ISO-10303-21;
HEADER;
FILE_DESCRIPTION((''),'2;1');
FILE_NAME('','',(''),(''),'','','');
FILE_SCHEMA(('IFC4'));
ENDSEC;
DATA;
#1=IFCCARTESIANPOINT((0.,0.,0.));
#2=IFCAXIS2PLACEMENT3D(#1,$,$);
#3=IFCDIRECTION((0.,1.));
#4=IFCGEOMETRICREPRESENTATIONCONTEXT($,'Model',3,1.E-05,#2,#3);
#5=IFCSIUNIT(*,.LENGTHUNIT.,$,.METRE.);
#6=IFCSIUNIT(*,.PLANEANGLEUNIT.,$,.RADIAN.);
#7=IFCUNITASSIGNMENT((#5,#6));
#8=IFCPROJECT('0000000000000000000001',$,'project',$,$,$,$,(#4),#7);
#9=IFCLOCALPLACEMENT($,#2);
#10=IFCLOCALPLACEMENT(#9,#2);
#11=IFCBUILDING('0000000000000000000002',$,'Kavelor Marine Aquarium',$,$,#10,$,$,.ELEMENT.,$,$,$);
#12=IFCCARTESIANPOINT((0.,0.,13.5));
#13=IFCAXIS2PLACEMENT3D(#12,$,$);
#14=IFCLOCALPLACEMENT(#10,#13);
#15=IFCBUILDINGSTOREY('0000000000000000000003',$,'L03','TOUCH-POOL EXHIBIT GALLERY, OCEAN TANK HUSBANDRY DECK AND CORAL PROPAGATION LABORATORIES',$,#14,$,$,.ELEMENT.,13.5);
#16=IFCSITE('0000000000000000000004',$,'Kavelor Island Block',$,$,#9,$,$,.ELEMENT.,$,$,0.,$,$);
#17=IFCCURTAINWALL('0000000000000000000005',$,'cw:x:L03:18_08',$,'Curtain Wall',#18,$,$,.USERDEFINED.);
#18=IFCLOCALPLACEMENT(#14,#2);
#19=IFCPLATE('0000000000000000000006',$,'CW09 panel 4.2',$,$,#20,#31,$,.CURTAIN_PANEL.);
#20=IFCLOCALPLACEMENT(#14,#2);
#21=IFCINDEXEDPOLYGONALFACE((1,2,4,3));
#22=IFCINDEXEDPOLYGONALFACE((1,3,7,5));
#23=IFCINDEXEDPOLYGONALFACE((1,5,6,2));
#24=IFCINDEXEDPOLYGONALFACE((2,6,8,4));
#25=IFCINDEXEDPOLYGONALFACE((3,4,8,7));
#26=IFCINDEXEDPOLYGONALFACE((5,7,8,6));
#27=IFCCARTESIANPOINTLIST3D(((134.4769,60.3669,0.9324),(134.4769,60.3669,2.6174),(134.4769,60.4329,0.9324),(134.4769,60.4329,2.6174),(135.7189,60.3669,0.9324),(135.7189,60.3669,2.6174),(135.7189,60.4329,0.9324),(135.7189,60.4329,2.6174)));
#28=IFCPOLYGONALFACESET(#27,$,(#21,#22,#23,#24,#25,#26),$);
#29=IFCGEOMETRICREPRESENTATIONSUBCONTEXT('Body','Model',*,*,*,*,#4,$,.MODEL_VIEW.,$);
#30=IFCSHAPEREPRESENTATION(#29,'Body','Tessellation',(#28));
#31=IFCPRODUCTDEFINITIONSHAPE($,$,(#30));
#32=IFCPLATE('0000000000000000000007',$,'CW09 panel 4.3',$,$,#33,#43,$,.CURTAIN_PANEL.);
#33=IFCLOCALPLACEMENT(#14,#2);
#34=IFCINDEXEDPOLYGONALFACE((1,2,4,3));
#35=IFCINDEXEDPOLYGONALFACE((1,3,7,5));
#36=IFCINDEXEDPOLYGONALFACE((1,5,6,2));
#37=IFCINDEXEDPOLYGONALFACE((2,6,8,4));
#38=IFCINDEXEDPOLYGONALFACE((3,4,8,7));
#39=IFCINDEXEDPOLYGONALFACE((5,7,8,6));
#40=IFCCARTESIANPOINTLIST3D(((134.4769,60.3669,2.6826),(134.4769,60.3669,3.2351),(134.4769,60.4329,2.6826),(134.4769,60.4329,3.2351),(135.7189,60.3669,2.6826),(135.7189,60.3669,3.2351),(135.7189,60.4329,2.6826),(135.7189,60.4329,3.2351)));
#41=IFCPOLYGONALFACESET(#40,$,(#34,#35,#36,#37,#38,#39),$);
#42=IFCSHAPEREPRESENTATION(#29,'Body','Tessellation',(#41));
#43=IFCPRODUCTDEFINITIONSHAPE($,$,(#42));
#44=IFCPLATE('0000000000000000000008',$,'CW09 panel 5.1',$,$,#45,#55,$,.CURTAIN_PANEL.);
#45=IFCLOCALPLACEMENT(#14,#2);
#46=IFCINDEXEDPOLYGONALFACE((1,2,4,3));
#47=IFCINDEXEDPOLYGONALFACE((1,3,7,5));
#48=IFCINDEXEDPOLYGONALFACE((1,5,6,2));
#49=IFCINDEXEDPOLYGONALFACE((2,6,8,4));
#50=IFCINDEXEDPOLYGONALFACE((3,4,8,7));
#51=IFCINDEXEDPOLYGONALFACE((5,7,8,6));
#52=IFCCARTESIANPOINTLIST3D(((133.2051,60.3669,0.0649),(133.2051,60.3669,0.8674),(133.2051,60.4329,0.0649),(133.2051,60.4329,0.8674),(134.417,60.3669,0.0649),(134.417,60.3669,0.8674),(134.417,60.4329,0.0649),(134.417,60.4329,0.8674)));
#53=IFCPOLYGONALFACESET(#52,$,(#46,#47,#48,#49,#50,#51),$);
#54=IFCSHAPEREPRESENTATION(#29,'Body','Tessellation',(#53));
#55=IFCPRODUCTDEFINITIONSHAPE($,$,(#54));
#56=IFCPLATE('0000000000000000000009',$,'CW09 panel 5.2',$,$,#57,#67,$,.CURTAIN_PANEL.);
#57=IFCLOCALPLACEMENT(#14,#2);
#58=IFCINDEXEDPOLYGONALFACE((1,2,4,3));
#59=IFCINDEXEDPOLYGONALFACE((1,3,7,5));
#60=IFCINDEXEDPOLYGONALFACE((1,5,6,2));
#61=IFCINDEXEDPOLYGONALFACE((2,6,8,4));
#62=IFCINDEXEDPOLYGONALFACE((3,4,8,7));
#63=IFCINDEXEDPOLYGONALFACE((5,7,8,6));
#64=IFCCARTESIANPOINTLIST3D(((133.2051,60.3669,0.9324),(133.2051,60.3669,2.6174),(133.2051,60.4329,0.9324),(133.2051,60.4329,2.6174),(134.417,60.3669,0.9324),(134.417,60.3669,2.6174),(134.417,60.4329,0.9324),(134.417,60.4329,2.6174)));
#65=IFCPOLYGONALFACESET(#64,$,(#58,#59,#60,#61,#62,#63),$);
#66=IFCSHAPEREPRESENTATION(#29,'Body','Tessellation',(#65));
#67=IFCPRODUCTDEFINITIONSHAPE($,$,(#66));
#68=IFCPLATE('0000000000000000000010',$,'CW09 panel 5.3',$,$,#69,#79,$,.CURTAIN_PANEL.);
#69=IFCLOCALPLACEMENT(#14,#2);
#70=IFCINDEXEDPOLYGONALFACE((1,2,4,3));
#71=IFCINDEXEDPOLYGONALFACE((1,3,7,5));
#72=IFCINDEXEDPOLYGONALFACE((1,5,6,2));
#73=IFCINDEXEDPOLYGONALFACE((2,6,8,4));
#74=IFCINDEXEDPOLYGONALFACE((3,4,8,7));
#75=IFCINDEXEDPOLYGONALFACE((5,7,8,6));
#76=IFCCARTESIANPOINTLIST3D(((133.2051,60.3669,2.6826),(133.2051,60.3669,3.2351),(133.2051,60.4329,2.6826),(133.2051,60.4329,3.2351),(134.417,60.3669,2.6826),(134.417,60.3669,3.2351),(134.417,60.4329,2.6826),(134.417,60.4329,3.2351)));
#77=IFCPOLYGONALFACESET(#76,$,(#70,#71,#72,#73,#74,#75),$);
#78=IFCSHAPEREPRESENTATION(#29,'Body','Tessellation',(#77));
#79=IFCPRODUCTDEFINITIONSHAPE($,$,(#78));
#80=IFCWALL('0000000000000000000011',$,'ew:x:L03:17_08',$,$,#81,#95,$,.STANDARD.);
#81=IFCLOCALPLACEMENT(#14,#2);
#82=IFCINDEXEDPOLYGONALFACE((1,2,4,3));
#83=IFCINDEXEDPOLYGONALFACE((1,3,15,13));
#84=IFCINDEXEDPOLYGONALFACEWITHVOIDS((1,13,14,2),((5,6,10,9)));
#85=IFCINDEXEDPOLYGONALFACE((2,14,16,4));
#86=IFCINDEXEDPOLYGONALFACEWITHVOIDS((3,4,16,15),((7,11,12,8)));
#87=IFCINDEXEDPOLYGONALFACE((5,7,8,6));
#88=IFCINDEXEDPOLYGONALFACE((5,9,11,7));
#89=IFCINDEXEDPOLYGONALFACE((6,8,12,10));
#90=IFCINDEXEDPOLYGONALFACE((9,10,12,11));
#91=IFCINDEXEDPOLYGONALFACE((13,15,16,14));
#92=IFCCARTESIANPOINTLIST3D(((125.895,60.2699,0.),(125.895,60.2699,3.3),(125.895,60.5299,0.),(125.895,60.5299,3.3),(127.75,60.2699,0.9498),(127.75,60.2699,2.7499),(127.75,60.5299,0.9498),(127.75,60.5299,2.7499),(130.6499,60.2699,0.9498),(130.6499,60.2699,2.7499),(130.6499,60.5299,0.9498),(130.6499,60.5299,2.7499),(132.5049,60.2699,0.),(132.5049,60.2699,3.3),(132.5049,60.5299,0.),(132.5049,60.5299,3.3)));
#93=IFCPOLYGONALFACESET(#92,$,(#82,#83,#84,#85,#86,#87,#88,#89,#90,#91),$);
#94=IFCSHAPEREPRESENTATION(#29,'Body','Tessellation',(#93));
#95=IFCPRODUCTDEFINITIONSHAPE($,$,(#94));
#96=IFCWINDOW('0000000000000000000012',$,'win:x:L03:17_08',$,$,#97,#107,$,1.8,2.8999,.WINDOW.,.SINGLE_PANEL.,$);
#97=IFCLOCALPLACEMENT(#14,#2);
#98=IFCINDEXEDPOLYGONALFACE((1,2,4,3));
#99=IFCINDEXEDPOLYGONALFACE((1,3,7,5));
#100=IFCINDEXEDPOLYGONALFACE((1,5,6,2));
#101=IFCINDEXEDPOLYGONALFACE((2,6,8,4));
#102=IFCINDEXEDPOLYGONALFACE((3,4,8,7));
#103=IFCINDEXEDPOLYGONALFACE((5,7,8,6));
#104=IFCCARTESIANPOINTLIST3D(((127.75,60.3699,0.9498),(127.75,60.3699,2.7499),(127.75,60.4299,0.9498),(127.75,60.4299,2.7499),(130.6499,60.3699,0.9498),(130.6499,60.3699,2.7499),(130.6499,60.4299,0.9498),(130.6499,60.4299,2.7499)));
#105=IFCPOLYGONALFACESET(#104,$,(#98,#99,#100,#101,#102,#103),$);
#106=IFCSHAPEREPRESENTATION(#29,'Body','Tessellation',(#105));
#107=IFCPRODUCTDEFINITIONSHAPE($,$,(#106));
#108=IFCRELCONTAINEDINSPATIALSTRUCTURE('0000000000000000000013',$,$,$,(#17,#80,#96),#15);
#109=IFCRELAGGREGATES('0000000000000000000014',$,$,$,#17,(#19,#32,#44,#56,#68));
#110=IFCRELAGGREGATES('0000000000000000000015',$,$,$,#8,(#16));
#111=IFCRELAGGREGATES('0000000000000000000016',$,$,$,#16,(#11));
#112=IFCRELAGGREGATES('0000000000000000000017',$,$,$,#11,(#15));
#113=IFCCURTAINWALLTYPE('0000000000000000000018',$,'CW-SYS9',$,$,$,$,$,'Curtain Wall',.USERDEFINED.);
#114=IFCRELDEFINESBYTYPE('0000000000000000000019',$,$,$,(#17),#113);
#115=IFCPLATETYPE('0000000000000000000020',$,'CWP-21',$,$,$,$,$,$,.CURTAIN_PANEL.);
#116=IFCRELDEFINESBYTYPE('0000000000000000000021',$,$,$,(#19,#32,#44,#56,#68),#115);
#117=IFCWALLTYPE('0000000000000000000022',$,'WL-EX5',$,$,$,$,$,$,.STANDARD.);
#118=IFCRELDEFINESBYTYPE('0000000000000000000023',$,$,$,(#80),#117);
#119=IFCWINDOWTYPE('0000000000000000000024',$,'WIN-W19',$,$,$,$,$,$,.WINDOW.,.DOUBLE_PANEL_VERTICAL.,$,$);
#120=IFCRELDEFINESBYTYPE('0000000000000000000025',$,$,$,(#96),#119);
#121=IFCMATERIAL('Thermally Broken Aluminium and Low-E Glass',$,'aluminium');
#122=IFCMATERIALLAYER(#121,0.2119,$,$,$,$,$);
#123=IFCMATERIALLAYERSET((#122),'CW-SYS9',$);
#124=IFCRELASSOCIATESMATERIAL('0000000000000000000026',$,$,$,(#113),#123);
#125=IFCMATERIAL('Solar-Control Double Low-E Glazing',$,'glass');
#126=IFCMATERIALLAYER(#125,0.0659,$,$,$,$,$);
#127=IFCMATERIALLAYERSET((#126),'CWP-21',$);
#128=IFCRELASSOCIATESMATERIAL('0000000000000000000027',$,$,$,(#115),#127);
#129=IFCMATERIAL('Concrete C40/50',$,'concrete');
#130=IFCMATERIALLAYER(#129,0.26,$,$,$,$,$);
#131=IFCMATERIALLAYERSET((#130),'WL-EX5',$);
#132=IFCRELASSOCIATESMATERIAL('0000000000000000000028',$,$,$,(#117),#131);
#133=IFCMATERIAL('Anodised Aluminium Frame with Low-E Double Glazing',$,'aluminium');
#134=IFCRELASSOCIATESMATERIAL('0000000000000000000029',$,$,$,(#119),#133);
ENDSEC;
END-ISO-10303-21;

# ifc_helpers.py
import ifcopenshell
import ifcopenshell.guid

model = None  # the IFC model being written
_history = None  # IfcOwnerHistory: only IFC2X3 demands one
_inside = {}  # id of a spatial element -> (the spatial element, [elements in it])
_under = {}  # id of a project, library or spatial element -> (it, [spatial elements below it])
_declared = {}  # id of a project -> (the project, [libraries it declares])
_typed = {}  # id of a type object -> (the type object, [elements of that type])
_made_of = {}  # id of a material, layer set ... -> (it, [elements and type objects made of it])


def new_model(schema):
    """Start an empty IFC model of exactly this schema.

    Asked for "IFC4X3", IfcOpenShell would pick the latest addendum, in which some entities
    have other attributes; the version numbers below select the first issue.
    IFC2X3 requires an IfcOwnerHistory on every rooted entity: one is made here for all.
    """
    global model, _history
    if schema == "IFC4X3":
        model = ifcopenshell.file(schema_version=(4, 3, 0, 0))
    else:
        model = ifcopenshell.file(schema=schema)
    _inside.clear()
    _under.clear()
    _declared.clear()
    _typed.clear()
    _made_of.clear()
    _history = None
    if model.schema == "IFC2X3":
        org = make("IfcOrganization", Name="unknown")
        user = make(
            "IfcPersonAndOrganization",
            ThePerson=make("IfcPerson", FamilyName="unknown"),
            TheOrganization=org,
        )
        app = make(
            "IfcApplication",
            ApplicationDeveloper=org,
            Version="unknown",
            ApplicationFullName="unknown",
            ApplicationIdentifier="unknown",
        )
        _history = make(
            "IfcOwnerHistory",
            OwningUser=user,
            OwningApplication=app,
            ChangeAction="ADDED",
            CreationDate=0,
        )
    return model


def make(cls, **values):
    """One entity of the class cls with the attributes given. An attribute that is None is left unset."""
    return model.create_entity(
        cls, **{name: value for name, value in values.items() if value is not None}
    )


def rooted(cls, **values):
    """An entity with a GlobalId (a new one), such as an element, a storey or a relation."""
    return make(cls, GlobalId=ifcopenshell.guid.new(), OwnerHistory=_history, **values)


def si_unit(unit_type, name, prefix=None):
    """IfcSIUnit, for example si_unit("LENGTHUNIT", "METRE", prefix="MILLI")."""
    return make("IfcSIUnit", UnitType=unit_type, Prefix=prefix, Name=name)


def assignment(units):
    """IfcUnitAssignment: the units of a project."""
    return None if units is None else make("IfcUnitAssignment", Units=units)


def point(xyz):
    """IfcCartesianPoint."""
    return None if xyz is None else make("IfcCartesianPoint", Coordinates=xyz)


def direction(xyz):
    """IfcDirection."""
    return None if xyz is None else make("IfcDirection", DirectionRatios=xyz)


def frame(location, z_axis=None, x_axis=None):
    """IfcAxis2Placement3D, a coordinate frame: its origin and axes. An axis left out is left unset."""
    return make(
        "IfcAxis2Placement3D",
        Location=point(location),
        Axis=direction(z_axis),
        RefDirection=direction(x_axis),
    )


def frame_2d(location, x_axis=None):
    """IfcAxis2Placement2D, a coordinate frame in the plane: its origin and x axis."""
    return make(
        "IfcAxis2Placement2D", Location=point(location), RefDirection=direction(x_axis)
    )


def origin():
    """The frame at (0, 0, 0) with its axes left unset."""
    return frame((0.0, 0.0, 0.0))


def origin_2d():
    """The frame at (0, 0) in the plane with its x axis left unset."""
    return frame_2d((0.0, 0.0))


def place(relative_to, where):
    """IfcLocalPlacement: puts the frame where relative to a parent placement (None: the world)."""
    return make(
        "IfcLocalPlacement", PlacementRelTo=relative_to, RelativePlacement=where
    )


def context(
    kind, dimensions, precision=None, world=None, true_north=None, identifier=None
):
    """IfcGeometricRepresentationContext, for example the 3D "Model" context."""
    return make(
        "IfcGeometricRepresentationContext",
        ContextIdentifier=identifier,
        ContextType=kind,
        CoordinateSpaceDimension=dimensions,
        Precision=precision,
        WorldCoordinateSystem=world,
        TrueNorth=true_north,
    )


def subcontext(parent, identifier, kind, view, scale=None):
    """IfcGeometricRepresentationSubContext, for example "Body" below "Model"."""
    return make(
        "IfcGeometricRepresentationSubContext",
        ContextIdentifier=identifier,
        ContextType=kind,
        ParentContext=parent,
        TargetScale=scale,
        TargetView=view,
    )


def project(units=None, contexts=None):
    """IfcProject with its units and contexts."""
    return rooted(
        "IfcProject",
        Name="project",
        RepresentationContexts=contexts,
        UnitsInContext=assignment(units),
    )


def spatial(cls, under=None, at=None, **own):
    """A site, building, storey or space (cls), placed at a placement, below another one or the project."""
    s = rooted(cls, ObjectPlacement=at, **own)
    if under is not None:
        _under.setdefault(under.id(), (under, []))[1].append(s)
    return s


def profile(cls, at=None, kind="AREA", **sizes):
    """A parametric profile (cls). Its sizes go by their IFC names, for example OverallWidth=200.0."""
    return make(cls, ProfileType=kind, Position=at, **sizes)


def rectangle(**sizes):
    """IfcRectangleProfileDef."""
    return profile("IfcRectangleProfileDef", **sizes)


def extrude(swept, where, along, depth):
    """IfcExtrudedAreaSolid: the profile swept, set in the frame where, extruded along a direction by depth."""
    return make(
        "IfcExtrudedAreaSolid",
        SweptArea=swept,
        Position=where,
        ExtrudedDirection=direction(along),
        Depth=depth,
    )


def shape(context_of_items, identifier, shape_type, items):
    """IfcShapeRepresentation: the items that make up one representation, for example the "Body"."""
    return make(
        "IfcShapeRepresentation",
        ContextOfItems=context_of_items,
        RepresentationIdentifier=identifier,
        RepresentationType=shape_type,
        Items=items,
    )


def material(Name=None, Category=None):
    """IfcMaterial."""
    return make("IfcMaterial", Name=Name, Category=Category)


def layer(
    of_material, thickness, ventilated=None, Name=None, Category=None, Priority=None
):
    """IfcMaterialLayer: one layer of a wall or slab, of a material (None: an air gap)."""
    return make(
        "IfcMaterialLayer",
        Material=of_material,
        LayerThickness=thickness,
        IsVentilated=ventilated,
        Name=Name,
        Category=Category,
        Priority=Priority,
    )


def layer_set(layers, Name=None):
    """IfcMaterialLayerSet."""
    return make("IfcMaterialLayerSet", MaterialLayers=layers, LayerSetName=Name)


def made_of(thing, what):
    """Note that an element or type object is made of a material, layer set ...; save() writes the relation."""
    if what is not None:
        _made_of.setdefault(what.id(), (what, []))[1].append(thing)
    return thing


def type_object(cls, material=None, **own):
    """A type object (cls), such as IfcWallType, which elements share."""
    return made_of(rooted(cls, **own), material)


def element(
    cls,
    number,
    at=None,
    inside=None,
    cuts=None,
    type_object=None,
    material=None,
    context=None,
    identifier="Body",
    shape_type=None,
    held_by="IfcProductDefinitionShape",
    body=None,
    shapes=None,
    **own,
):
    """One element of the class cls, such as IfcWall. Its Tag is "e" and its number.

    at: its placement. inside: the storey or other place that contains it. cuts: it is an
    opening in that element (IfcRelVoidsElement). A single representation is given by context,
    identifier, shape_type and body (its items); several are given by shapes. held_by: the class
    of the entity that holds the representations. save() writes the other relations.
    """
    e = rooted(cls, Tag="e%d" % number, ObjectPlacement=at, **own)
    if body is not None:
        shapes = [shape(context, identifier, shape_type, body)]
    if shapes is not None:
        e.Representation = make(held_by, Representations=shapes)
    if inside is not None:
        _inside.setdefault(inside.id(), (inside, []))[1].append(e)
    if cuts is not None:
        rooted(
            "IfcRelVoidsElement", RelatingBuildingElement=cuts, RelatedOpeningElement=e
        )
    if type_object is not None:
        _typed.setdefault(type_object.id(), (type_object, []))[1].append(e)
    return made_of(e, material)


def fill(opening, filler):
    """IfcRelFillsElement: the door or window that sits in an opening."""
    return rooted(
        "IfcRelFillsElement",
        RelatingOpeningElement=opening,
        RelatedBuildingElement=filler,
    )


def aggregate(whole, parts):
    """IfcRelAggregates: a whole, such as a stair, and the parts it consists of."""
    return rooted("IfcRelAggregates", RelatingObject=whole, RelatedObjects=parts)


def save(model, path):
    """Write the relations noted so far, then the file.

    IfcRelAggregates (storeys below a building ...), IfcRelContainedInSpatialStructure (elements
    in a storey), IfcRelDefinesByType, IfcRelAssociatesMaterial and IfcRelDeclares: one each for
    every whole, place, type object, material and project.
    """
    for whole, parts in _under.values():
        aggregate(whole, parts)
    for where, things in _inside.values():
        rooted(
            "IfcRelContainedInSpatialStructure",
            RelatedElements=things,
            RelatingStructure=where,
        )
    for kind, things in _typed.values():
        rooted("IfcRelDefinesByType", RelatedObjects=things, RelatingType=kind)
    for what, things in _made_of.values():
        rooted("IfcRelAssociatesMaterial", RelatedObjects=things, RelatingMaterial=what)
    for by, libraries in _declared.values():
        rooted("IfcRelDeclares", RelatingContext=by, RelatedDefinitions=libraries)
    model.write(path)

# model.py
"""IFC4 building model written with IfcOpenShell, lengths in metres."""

from ifc_helpers import new_model, si_unit, direction, frame, frame_2d, origin, origin_2d, place, context, subcontext, project, spatial, rectangle, extrude, material, layer, layer_set, type_object, element, fill, aggregate, save


model = new_model("IFC4")

# Units and contexts
model_context = context("Model", 3, precision=1e-05, world=origin(), true_north=direction((0.0, 1.0)))
body_context = subcontext(model_context, "Body", "Model", "MODEL_VIEW")
ifc_project = project(units=[si_unit("LENGTHUNIT", "METRE"), si_unit("PLANEANGLEUNIT", "RADIAN")], contexts=[model_context])

# Site, building, storey
site_placement = place(None, origin())
site = spatial("IfcSite", under=ifc_project, at=site_placement, Name="Kavelor Island Block", CompositionType="ELEMENT", RefElevation=0.0)
building_placement = place(site_placement, origin())
building = spatial("IfcBuilding", under=site, at=building_placement, Name="Kavelor Marine Aquarium", CompositionType="ELEMENT")
storey_placement = place(building_placement, frame((0.0, 0.0, 13.5)))
storey = spatial("IfcBuildingStorey", under=building, at=storey_placement, Name="L03", Description="TOUCH-POOL EXHIBIT GALLERY, OCEAN TANK HUSBANDRY DECK AND CORAL PROPAGATION LABORATORIES", CompositionType="ELEMENT", Elevation=13.5)

# Curtain wall, plates
ifc_material_1 = material(Name="Thermally Broken Aluminium and Low-E Glass", Category="aluminium")
ifc_layer_1 = layer(ifc_material_1, 0.2119)
ifc_layer_set_1 = layer_set([ifc_layer_1], Name="CW-SYS9")
curtain_wall_type = type_object("IfcCurtainWallType", Name="CW-SYS9", ElementType="Curtain Wall", PredefinedType="USERDEFINED", material=ifc_layer_set_1)
curtain_wall_placement = place(storey_placement, origin())
curtain_wall = element("IfcCurtainWall", 1, at=curtain_wall_placement, inside=storey, type_object=curtain_wall_type, Name="cw:x:L03:18_08", ObjectType="Curtain Wall", PredefinedType="USERDEFINED")
ifc_material_2 = material(Name="Solar-Control Double Low-E Glazing", Category="glass")
ifc_layer_2 = layer(ifc_material_2, 0.0659)
ifc_layer_set_2 = layer_set([ifc_layer_2], Name="CWP-21")
plate_type = type_object("IfcPlateType", Name="CWP-21", PredefinedType="CURTAIN_PANEL", material=ifc_layer_set_2)
plate_1_placement = place(storey_placement, frame((135.0979, 60.3999, 0.9324), z_axis=(0.0, 0.0, 1.0), x_axis=(-1.0, 0.0, 0.0)))
plate_1 = element("IfcPlate", 2, at=plate_1_placement, type_object=plate_type, Name="CW09 panel 4.2", PredefinedType="CURTAIN_PANEL", context=body_context, shape_type="SweptSolid", body=[
    extrude(rectangle(XDim=1.2419, YDim=0.0659, at=origin_2d()), origin(), (0.0, 0.0, 1.0), 1.6851),
])
plate_2_placement = place(storey_placement, frame((135.0979, 60.3999, 2.6826), z_axis=(0.0, 0.0, 1.0), x_axis=(-1.0, 0.0, 0.0)))
plate_2 = element("IfcPlate", 3, at=plate_2_placement, type_object=plate_type, Name="CW09 panel 4.3", PredefinedType="CURTAIN_PANEL", context=body_context, shape_type="SweptSolid", body=[
    extrude(rectangle(XDim=1.2419, YDim=0.0659, at=origin_2d()), origin(), (0.0, 0.0, 1.0), 0.5525),
])
plate_3_placement = place(storey_placement, frame((133.811, 60.3999, 0.0649), z_axis=(0.0, 0.0, 1.0), x_axis=(-1.0, 0.0, 0.0)))
plate_3 = element("IfcPlate", 4, at=plate_3_placement, type_object=plate_type, Name="CW09 panel 5.1", PredefinedType="CURTAIN_PANEL", context=body_context, shape_type="SweptSolid", body=[
    extrude(rectangle(XDim=1.2119, YDim=0.0659, at=origin_2d()), origin(), (0.0, 0.0, 1.0), 0.8025),
])
plate_4_placement = place(storey_placement, frame((133.811, 60.3999, 0.9324), z_axis=(0.0, 0.0, 1.0), x_axis=(-1.0, 0.0, 0.0)))
plate_4 = element("IfcPlate", 5, at=plate_4_placement, type_object=plate_type, Name="CW09 panel 5.2", PredefinedType="CURTAIN_PANEL", context=body_context, shape_type="SweptSolid", body=[
    extrude(rectangle(XDim=1.2119, YDim=0.0659, at=origin_2d()), origin(), (0.0, 0.0, 1.0), 1.6851),
])
plate_5_placement = place(storey_placement, frame((133.811, 60.3999, 2.6826), z_axis=(0.0, 0.0, 1.0), x_axis=(-1.0, 0.0, 0.0)))
plate_5 = element("IfcPlate", 6, at=plate_5_placement, type_object=plate_type, Name="CW09 panel 5.3", PredefinedType="CURTAIN_PANEL", context=body_context, shape_type="SweptSolid", body=[
    extrude(rectangle(XDim=1.2119, YDim=0.0659, at=origin_2d()), origin(), (0.0, 0.0, 1.0), 0.5525),
])
aggregate(curtain_wall, [plate_1, plate_2, plate_3, plate_4, plate_5])

# Wall, opening, window
ifc_material_3 = material(Name="Concrete C40/50", Category="concrete")
ifc_layer_3 = layer(ifc_material_3, 0.26)
ifc_layer_set_3 = layer_set([ifc_layer_3], Name="WL-EX5")
wall_type = type_object("IfcWallType", Name="WL-EX5", PredefinedType="STANDARD", material=ifc_layer_set_3)
wall_placement = place(storey_placement, frame((132.5049, 60.3999, 0.0), z_axis=(0.0, 0.0, 1.0), x_axis=(-1.0, 0.0, 0.0)))
wall = element("IfcWall", 7, at=wall_placement, inside=storey, type_object=wall_type, Name="ew:x:L03:17_08", PredefinedType="STANDARD", context=body_context, shape_type="SweptSolid", body=[
    extrude(rectangle(XDim=6.6099, YDim=0.26, at=frame_2d((3.3049, 0.0))), origin(), (0.0, 0.0, 1.0), 3.3),
])
opening_placement = place(wall_placement, frame((1.855, 0.0, 0.95)))
opening = element("IfcOpeningElement", 8, at=opening_placement, cuts=wall, PredefinedType="OPENING", context=body_context, shape_type="SweptSolid", body=[
    extrude(rectangle(XDim=2.8999, YDim=1.8, at=frame_2d((1.45, 0.8999))), frame((0.0, 0.1399, 0.0), z_axis=(0.0, -1.0, 0.0), x_axis=(1.0, 0.0, 0.0)), (0.0, 0.0, 1.0), 0.28),
])
ifc_material_4 = material(Name="Anodised Aluminium Frame with Low-E Double Glazing", Category="aluminium")
window_type = type_object("IfcWindowType", Name="WIN-W19", PartitioningType="DOUBLE_PANEL_VERTICAL", PredefinedType="WINDOW", material=ifc_material_4)
window_placement = place(opening_placement, origin())
window = element("IfcWindow", 9, at=window_placement, inside=storey, type_object=window_type, Name="win:x:L03:17_08", OverallHeight=1.8, OverallWidth=2.8999, PartitioningType="SINGLE_PANEL", PredefinedType="WINDOW", context=body_context, shape_type="SweptSolid", body=[
    extrude(rectangle(XDim=2.8999, YDim=1.8, at=frame_2d((1.45, 0.8999))), frame((0.0, 0.03, 0.0), z_axis=(0.0, -1.0, 0.0), x_axis=(1.0, 0.0, 0.0)), (0.0, 0.0, 1.0), 0.0601),
])
fill(opening, window)

save(model, "model.ifc")
